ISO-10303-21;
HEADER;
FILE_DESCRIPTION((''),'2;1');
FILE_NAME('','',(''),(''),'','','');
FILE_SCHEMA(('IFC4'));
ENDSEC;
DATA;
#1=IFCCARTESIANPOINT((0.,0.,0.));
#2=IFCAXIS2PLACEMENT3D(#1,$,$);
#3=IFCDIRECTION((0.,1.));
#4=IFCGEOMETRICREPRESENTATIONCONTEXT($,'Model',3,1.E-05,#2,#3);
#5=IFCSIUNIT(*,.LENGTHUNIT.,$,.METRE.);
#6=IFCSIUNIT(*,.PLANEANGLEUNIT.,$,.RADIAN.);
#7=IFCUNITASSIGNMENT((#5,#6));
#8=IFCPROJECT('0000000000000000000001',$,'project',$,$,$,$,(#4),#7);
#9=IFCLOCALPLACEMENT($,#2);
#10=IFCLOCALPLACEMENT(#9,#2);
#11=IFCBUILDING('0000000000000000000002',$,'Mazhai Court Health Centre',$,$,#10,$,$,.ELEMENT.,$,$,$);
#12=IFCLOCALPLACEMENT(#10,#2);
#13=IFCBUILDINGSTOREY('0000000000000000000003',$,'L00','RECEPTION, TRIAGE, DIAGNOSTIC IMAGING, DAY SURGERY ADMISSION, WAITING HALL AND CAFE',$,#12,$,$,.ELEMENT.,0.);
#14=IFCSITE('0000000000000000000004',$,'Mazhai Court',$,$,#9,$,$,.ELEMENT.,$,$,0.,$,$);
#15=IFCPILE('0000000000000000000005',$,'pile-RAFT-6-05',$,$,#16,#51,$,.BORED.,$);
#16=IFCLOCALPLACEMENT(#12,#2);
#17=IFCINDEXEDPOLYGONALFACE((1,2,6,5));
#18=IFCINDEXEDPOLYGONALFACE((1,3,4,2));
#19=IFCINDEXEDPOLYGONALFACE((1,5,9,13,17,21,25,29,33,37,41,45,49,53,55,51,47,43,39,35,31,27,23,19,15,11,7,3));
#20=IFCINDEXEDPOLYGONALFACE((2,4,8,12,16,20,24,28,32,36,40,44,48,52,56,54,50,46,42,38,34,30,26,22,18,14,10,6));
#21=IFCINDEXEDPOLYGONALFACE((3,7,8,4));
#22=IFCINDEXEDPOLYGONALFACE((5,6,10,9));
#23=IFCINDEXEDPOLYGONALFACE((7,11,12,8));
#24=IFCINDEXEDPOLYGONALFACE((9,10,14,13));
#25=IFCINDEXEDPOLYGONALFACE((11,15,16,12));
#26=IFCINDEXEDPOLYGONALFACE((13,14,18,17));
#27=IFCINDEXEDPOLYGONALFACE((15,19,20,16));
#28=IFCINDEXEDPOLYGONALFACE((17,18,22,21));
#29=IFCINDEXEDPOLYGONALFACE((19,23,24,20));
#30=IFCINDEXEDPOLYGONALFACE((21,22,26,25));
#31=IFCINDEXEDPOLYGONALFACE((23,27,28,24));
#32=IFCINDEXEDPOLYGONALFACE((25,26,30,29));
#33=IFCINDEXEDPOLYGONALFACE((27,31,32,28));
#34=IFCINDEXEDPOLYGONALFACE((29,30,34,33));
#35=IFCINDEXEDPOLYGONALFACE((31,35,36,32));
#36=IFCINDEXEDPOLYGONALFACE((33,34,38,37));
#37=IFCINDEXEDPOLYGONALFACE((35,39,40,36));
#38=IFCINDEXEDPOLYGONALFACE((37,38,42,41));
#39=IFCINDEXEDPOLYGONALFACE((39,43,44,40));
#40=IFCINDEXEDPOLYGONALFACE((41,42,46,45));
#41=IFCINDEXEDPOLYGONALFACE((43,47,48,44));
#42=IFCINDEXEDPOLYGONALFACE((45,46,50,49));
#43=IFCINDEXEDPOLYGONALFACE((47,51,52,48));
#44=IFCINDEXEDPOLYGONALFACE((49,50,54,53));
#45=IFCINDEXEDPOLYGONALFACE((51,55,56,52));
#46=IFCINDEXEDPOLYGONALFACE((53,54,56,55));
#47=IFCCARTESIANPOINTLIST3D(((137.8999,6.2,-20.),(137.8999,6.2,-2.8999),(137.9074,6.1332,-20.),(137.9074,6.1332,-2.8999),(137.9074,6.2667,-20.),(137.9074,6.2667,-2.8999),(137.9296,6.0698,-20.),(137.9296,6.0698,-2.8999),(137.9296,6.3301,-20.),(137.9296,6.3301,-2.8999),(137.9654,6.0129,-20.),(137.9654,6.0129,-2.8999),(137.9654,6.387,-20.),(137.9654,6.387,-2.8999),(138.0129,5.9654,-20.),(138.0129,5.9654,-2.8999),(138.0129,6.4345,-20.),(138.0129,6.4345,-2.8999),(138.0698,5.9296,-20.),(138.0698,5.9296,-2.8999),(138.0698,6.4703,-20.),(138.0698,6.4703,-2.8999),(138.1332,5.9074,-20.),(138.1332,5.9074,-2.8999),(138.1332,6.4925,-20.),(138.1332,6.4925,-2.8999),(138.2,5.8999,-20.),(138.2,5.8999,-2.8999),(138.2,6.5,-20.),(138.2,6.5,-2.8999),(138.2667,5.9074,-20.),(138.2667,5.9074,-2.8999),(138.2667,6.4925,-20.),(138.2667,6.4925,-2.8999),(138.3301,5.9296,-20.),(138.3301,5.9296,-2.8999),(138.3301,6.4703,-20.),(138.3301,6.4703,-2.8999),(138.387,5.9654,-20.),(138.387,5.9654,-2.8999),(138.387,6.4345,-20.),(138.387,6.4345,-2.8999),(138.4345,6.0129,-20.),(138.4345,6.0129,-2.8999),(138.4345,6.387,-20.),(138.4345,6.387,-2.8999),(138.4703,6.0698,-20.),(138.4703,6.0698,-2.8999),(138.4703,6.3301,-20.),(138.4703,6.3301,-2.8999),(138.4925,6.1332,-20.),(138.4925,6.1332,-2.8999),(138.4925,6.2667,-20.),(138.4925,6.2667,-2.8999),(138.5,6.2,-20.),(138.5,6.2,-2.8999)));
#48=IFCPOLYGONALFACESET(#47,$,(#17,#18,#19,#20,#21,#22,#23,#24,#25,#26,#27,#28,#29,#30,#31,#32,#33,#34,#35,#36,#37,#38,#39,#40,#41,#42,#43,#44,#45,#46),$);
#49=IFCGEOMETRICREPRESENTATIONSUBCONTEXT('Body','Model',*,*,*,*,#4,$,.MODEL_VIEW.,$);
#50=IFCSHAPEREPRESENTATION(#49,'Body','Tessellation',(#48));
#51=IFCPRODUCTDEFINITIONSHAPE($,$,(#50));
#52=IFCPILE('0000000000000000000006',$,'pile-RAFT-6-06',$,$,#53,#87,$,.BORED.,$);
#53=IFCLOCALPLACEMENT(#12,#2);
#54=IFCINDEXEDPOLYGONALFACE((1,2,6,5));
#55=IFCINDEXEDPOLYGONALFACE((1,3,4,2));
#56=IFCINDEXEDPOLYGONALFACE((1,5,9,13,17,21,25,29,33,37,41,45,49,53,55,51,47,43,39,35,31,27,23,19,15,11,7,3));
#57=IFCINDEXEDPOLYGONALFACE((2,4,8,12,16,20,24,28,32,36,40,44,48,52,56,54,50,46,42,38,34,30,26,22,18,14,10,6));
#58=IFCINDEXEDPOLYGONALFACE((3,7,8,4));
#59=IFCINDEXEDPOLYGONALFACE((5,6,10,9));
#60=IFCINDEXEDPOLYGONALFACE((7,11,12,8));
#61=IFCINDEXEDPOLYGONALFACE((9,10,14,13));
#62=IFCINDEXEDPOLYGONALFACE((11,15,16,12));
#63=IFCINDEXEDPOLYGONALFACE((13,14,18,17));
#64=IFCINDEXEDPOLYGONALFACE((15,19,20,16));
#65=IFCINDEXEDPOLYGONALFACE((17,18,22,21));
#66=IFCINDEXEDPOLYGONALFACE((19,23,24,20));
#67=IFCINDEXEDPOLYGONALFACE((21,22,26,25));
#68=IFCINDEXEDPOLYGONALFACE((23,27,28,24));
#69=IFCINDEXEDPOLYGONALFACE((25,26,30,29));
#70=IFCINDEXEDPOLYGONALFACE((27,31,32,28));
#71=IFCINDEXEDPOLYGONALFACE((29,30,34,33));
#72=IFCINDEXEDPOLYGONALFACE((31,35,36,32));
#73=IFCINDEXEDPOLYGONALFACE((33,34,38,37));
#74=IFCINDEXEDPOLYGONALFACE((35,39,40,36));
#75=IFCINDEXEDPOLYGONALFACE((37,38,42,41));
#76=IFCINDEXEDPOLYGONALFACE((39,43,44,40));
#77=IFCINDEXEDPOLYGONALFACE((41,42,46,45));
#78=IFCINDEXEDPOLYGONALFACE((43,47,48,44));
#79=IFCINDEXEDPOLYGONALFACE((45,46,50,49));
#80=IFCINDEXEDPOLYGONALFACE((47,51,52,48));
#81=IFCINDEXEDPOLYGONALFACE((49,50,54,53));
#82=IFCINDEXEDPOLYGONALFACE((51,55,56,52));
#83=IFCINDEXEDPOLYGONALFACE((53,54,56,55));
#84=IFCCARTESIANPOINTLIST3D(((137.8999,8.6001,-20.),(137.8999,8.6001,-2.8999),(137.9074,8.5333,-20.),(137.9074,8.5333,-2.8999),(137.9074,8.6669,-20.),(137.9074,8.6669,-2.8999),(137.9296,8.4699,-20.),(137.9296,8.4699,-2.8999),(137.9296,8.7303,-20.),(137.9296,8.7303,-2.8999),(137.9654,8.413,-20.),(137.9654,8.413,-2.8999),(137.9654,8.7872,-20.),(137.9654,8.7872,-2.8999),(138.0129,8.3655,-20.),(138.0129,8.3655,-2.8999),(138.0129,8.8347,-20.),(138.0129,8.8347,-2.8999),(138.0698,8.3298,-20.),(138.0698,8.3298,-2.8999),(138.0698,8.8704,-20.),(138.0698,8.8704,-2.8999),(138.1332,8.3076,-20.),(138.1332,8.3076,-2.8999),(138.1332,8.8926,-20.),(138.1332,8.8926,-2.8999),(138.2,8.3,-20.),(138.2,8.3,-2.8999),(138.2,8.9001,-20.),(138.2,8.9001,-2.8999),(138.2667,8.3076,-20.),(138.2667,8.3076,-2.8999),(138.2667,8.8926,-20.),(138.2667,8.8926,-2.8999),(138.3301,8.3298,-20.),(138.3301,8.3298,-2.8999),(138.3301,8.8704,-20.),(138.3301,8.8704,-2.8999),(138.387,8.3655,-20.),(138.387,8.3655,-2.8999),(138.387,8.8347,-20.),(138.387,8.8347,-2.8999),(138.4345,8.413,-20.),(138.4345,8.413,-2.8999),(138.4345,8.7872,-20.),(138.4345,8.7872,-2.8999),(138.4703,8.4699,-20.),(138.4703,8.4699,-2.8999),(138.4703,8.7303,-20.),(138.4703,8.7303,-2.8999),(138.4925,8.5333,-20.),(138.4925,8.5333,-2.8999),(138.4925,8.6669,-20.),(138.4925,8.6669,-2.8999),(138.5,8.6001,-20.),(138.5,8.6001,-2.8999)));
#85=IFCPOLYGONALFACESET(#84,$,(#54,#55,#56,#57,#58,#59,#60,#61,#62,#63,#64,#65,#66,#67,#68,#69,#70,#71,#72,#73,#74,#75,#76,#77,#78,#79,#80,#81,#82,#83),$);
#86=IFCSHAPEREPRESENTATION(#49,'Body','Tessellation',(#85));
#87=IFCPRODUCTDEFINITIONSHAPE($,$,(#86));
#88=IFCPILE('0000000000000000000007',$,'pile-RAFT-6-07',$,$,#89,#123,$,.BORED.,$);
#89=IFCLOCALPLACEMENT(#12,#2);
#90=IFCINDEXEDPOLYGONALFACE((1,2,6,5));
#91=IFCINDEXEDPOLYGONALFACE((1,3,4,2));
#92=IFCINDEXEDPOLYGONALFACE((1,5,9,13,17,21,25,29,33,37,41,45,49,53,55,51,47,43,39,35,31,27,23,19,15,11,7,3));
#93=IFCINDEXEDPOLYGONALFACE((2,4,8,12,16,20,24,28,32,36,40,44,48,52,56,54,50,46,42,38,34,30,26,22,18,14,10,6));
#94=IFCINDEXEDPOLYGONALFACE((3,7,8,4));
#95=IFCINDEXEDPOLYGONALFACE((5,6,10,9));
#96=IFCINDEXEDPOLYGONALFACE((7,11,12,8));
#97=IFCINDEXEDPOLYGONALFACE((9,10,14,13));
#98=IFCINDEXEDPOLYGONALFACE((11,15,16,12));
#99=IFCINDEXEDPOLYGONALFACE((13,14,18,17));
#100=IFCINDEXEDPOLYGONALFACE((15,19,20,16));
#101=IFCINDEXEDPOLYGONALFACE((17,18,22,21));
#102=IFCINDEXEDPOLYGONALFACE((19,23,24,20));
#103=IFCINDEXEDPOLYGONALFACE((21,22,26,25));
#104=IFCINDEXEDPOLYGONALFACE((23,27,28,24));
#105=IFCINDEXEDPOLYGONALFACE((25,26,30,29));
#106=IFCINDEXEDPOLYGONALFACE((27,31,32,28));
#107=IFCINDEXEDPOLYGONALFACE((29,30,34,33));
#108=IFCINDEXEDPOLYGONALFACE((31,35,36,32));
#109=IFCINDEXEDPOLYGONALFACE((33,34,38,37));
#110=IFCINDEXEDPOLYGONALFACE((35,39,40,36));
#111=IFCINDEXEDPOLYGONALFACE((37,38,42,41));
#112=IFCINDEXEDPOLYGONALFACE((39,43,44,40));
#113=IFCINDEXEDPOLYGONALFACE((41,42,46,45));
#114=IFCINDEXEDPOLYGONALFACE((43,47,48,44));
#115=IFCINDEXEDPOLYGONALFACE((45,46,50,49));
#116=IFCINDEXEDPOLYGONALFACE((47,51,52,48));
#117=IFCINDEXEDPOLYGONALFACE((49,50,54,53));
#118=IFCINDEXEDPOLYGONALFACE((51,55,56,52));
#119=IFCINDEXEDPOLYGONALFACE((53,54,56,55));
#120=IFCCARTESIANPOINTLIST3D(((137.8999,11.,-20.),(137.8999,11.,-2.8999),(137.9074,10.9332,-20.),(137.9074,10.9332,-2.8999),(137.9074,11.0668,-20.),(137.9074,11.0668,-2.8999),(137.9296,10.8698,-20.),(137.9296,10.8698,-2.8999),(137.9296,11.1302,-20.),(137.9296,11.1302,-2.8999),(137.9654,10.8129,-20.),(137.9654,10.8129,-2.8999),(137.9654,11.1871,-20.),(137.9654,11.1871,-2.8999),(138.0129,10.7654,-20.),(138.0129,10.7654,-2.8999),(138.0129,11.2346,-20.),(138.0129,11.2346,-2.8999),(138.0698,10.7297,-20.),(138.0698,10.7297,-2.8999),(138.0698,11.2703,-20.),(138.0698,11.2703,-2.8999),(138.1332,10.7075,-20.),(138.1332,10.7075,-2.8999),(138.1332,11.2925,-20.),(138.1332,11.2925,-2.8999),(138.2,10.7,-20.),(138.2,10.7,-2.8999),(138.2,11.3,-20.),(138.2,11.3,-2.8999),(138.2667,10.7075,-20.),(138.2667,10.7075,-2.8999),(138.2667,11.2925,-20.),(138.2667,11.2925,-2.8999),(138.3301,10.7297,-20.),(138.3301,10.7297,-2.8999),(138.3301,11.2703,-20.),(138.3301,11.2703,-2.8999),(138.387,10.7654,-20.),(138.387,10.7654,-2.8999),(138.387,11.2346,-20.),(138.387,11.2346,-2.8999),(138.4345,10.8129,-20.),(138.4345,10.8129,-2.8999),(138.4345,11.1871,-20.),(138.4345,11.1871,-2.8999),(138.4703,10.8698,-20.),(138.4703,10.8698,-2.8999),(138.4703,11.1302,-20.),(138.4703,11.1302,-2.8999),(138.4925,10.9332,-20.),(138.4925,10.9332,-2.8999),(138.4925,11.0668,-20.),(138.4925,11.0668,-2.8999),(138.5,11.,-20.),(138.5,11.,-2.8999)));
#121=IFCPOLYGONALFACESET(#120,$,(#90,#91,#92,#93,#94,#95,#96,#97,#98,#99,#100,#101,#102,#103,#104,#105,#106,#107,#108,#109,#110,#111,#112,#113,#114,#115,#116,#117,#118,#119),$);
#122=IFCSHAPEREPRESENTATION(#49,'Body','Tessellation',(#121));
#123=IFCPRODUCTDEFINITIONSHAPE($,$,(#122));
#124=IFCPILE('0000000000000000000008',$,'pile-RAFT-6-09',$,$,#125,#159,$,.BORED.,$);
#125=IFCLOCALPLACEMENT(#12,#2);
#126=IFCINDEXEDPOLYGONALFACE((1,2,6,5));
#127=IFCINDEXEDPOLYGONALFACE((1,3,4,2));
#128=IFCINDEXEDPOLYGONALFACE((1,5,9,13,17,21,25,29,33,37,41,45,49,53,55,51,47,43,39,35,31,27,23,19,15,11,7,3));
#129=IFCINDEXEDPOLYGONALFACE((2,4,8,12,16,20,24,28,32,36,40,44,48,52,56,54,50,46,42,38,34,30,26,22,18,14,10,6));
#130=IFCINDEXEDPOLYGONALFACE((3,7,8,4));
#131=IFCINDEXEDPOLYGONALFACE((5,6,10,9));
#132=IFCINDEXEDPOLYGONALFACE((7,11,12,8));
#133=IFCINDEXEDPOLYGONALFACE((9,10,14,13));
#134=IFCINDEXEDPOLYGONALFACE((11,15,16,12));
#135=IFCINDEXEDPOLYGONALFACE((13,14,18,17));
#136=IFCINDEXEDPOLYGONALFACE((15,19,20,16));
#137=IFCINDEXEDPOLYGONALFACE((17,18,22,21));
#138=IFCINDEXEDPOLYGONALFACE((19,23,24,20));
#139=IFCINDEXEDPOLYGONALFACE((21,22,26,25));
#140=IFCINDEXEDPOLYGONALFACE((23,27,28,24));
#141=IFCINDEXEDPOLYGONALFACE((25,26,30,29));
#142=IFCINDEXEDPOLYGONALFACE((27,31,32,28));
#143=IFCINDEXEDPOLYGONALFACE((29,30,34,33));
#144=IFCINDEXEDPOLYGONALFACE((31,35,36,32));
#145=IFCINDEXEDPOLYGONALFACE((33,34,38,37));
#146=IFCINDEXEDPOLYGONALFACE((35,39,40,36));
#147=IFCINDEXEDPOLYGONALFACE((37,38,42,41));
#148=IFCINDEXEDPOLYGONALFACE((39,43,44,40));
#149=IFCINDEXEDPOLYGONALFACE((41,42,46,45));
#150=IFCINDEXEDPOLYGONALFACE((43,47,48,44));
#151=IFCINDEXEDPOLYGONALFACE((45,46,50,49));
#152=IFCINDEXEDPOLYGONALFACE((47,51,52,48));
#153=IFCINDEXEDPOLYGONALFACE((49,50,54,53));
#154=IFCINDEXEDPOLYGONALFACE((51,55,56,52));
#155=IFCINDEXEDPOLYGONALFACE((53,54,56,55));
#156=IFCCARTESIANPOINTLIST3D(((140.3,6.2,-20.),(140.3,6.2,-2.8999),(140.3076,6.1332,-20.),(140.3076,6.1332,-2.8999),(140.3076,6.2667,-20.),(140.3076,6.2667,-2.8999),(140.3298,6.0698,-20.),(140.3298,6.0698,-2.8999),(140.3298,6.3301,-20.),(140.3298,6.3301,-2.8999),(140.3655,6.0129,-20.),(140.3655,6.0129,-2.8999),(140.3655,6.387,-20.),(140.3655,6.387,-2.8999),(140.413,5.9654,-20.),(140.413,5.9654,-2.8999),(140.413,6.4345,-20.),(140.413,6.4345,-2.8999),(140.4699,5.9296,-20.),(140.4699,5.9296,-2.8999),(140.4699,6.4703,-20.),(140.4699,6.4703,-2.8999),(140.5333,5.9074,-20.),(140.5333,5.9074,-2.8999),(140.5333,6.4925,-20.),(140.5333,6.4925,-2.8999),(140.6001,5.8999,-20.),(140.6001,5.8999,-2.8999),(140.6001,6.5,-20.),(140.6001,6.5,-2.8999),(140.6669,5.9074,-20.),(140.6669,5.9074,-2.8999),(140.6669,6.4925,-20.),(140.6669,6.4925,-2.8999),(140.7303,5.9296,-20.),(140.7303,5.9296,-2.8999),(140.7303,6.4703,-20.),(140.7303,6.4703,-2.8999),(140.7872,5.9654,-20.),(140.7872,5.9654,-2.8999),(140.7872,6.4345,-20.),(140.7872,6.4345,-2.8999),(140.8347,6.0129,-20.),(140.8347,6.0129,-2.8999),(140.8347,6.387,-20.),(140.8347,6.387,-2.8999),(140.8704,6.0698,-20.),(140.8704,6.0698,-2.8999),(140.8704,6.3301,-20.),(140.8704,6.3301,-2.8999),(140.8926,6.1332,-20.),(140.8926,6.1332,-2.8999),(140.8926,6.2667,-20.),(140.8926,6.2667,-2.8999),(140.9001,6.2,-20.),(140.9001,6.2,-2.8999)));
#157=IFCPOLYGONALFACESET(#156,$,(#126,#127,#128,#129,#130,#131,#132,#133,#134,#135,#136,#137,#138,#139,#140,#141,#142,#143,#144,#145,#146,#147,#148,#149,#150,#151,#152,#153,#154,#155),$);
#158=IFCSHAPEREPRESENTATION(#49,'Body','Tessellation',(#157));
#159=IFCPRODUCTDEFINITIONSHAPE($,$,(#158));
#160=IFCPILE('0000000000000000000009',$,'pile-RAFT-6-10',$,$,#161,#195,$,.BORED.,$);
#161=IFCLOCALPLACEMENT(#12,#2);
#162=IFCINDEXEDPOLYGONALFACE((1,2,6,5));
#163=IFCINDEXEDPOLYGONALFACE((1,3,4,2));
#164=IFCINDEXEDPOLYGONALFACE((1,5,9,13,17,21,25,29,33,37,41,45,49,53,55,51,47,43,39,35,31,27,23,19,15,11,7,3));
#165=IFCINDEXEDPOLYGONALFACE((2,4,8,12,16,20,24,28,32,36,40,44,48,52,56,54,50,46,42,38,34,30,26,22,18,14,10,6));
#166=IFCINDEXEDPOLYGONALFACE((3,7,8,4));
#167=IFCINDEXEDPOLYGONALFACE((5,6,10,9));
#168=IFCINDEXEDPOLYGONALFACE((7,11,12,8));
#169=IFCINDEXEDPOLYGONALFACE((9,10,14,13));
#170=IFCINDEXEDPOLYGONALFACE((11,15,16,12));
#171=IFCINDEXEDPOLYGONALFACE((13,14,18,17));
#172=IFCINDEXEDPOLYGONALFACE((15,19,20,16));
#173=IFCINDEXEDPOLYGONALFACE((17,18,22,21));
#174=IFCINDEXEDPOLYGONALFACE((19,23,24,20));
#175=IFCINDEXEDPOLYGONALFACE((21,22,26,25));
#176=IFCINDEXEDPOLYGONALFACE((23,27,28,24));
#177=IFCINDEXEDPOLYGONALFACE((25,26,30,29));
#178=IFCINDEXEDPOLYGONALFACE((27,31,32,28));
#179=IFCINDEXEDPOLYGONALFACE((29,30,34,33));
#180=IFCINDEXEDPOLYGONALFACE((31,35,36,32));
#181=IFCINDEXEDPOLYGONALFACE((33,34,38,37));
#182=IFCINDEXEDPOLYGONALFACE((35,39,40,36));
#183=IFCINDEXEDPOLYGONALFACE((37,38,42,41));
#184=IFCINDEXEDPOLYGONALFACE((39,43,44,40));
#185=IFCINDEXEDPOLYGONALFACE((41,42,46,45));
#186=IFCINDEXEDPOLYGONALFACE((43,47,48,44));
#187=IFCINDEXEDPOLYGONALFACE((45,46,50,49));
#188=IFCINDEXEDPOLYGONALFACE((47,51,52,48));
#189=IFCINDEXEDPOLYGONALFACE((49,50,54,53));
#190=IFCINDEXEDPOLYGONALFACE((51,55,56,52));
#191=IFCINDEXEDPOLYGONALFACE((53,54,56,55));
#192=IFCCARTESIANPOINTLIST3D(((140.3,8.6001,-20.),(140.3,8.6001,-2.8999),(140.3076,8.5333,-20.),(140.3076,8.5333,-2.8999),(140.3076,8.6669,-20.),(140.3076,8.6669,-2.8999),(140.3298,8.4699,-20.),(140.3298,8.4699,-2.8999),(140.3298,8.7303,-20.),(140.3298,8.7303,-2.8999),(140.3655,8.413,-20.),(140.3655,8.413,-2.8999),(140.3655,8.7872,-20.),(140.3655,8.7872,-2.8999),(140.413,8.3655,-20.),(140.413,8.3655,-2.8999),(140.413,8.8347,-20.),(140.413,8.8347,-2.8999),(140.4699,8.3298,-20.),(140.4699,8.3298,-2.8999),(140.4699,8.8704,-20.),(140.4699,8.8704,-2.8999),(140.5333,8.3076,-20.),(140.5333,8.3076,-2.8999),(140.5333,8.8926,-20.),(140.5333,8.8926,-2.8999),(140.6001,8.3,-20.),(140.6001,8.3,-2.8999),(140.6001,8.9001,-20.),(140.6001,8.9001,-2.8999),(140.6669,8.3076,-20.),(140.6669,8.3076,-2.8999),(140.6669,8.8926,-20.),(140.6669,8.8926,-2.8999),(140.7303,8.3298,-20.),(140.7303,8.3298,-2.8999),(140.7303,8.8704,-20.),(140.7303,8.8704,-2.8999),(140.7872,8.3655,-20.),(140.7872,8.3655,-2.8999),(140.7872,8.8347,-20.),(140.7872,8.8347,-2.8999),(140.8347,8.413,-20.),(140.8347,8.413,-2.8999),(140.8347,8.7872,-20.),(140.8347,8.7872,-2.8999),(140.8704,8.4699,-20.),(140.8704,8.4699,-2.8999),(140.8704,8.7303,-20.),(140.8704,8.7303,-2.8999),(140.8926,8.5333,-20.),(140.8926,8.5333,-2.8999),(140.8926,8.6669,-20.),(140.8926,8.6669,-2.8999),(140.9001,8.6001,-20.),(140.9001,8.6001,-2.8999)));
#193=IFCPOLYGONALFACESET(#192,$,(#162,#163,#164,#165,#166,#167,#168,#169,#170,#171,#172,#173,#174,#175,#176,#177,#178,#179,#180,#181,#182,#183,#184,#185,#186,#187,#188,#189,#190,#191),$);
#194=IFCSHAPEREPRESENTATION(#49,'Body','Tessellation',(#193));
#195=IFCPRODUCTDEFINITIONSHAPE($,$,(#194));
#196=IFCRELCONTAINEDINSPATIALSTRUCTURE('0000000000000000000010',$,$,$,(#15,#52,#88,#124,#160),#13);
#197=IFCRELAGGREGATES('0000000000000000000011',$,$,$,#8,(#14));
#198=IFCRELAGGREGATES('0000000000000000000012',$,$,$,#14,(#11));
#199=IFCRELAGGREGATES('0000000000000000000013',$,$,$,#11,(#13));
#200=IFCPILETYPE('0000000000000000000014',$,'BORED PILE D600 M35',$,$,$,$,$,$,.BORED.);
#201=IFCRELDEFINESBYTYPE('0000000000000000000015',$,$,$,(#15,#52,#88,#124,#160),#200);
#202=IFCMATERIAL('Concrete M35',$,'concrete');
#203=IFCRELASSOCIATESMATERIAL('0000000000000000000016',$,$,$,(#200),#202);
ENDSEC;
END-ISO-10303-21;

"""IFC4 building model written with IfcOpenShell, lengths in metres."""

from ifc_helpers import new_model, si_unit, direction, frame, origin, origin_2d, place, context, subcontext, project, spatial, circle, extrude, material, material_profile, profile_set, type_object, element, save


model = new_model("IFC4")

# Units and contexts
model_context = context("Model", 3, precision=1e-05, world=origin(), true_north=direction((0.0, 1.0)))
body_context = subcontext(model_context, "Body", "Model", "MODEL_VIEW")
ifc_project = project(units=[si_unit("LENGTHUNIT", "METRE"), si_unit("PLANEANGLEUNIT", "RADIAN")], contexts=[model_context])

# Site, building, storey
site_placement = place(None, origin())
site = spatial("IfcSite", under=ifc_project, at=site_placement, Name="Mazhai Court", CompositionType="ELEMENT", RefElevation=0.0)
building_placement = place(site_placement, origin())
building = spatial("IfcBuilding", under=site, at=building_placement, Name="Mazhai Court Health Centre", CompositionType="ELEMENT")
storey_placement = place(building_placement, origin())
storey = spatial("IfcBuildingStorey", under=building, at=storey_placement, Name="L00", Description="RECEPTION, TRIAGE, DIAGNOSTIC IMAGING, DAY SURGERY ADMISSION, WAITING HALL AND CAFE", CompositionType="ELEMENT", Elevation=0.0)

# Piles
ifc_material_1 = material(Name="Concrete M35", Category="concrete")
ifc_material_profile_1 = material_profile(ifc_material_1, circle(Radius=0.3, at=origin_2d()), Name="RC PILE D600")
ifc_profile_set_1 = profile_set([ifc_material_profile_1], Name="Concrete M35")
pile_type = type_object("IfcPileType", Name="BORED PILE D600 M35", PredefinedType="BORED", material=ifc_profile_set_1)
for number, where, z_axis, x_axis, name in (
    (1, (138.2, 6.2, -2.8999), (0.0, 0.0, -1.0), (1.0, 0.0, 0.0), "pile-RAFT-6-05"),
    (2, (138.2, 8.6001, -2.8999), (0.0, 0.0, -1.0), (1.0, 0.0, 0.0), "pile-RAFT-6-06"),
    (3, (138.2, 11.0, -2.8999), (0.0, 0.0, -1.0), (1.0, 0.0, 0.0), "pile-RAFT-6-07"),
    (4, (140.6001, 6.2, -2.8999), (0.0, 0.0, -1.0), (1.0, 0.0, 0.0), "pile-RAFT-6-09"),
    (5, (140.6001, 8.6001, -2.8999), (0.0, 0.0, -1.0), (1.0, 0.0, 0.0), "pile-RAFT-6-10"),
):
    element("IfcPile", number, at=place(storey_placement, frame(where, z_axis=z_axis, x_axis=x_axis)), inside=storey, type_object=pile_type, Name=name, PredefinedType="BORED", context=body_context, shape_type="SweptSolid", body=[
        extrude(circle(Radius=0.3, at=origin_2d()), origin(), (0.0, 0.0, 1.0), 17.1001),
    ])

save(model, "model.ifc")
